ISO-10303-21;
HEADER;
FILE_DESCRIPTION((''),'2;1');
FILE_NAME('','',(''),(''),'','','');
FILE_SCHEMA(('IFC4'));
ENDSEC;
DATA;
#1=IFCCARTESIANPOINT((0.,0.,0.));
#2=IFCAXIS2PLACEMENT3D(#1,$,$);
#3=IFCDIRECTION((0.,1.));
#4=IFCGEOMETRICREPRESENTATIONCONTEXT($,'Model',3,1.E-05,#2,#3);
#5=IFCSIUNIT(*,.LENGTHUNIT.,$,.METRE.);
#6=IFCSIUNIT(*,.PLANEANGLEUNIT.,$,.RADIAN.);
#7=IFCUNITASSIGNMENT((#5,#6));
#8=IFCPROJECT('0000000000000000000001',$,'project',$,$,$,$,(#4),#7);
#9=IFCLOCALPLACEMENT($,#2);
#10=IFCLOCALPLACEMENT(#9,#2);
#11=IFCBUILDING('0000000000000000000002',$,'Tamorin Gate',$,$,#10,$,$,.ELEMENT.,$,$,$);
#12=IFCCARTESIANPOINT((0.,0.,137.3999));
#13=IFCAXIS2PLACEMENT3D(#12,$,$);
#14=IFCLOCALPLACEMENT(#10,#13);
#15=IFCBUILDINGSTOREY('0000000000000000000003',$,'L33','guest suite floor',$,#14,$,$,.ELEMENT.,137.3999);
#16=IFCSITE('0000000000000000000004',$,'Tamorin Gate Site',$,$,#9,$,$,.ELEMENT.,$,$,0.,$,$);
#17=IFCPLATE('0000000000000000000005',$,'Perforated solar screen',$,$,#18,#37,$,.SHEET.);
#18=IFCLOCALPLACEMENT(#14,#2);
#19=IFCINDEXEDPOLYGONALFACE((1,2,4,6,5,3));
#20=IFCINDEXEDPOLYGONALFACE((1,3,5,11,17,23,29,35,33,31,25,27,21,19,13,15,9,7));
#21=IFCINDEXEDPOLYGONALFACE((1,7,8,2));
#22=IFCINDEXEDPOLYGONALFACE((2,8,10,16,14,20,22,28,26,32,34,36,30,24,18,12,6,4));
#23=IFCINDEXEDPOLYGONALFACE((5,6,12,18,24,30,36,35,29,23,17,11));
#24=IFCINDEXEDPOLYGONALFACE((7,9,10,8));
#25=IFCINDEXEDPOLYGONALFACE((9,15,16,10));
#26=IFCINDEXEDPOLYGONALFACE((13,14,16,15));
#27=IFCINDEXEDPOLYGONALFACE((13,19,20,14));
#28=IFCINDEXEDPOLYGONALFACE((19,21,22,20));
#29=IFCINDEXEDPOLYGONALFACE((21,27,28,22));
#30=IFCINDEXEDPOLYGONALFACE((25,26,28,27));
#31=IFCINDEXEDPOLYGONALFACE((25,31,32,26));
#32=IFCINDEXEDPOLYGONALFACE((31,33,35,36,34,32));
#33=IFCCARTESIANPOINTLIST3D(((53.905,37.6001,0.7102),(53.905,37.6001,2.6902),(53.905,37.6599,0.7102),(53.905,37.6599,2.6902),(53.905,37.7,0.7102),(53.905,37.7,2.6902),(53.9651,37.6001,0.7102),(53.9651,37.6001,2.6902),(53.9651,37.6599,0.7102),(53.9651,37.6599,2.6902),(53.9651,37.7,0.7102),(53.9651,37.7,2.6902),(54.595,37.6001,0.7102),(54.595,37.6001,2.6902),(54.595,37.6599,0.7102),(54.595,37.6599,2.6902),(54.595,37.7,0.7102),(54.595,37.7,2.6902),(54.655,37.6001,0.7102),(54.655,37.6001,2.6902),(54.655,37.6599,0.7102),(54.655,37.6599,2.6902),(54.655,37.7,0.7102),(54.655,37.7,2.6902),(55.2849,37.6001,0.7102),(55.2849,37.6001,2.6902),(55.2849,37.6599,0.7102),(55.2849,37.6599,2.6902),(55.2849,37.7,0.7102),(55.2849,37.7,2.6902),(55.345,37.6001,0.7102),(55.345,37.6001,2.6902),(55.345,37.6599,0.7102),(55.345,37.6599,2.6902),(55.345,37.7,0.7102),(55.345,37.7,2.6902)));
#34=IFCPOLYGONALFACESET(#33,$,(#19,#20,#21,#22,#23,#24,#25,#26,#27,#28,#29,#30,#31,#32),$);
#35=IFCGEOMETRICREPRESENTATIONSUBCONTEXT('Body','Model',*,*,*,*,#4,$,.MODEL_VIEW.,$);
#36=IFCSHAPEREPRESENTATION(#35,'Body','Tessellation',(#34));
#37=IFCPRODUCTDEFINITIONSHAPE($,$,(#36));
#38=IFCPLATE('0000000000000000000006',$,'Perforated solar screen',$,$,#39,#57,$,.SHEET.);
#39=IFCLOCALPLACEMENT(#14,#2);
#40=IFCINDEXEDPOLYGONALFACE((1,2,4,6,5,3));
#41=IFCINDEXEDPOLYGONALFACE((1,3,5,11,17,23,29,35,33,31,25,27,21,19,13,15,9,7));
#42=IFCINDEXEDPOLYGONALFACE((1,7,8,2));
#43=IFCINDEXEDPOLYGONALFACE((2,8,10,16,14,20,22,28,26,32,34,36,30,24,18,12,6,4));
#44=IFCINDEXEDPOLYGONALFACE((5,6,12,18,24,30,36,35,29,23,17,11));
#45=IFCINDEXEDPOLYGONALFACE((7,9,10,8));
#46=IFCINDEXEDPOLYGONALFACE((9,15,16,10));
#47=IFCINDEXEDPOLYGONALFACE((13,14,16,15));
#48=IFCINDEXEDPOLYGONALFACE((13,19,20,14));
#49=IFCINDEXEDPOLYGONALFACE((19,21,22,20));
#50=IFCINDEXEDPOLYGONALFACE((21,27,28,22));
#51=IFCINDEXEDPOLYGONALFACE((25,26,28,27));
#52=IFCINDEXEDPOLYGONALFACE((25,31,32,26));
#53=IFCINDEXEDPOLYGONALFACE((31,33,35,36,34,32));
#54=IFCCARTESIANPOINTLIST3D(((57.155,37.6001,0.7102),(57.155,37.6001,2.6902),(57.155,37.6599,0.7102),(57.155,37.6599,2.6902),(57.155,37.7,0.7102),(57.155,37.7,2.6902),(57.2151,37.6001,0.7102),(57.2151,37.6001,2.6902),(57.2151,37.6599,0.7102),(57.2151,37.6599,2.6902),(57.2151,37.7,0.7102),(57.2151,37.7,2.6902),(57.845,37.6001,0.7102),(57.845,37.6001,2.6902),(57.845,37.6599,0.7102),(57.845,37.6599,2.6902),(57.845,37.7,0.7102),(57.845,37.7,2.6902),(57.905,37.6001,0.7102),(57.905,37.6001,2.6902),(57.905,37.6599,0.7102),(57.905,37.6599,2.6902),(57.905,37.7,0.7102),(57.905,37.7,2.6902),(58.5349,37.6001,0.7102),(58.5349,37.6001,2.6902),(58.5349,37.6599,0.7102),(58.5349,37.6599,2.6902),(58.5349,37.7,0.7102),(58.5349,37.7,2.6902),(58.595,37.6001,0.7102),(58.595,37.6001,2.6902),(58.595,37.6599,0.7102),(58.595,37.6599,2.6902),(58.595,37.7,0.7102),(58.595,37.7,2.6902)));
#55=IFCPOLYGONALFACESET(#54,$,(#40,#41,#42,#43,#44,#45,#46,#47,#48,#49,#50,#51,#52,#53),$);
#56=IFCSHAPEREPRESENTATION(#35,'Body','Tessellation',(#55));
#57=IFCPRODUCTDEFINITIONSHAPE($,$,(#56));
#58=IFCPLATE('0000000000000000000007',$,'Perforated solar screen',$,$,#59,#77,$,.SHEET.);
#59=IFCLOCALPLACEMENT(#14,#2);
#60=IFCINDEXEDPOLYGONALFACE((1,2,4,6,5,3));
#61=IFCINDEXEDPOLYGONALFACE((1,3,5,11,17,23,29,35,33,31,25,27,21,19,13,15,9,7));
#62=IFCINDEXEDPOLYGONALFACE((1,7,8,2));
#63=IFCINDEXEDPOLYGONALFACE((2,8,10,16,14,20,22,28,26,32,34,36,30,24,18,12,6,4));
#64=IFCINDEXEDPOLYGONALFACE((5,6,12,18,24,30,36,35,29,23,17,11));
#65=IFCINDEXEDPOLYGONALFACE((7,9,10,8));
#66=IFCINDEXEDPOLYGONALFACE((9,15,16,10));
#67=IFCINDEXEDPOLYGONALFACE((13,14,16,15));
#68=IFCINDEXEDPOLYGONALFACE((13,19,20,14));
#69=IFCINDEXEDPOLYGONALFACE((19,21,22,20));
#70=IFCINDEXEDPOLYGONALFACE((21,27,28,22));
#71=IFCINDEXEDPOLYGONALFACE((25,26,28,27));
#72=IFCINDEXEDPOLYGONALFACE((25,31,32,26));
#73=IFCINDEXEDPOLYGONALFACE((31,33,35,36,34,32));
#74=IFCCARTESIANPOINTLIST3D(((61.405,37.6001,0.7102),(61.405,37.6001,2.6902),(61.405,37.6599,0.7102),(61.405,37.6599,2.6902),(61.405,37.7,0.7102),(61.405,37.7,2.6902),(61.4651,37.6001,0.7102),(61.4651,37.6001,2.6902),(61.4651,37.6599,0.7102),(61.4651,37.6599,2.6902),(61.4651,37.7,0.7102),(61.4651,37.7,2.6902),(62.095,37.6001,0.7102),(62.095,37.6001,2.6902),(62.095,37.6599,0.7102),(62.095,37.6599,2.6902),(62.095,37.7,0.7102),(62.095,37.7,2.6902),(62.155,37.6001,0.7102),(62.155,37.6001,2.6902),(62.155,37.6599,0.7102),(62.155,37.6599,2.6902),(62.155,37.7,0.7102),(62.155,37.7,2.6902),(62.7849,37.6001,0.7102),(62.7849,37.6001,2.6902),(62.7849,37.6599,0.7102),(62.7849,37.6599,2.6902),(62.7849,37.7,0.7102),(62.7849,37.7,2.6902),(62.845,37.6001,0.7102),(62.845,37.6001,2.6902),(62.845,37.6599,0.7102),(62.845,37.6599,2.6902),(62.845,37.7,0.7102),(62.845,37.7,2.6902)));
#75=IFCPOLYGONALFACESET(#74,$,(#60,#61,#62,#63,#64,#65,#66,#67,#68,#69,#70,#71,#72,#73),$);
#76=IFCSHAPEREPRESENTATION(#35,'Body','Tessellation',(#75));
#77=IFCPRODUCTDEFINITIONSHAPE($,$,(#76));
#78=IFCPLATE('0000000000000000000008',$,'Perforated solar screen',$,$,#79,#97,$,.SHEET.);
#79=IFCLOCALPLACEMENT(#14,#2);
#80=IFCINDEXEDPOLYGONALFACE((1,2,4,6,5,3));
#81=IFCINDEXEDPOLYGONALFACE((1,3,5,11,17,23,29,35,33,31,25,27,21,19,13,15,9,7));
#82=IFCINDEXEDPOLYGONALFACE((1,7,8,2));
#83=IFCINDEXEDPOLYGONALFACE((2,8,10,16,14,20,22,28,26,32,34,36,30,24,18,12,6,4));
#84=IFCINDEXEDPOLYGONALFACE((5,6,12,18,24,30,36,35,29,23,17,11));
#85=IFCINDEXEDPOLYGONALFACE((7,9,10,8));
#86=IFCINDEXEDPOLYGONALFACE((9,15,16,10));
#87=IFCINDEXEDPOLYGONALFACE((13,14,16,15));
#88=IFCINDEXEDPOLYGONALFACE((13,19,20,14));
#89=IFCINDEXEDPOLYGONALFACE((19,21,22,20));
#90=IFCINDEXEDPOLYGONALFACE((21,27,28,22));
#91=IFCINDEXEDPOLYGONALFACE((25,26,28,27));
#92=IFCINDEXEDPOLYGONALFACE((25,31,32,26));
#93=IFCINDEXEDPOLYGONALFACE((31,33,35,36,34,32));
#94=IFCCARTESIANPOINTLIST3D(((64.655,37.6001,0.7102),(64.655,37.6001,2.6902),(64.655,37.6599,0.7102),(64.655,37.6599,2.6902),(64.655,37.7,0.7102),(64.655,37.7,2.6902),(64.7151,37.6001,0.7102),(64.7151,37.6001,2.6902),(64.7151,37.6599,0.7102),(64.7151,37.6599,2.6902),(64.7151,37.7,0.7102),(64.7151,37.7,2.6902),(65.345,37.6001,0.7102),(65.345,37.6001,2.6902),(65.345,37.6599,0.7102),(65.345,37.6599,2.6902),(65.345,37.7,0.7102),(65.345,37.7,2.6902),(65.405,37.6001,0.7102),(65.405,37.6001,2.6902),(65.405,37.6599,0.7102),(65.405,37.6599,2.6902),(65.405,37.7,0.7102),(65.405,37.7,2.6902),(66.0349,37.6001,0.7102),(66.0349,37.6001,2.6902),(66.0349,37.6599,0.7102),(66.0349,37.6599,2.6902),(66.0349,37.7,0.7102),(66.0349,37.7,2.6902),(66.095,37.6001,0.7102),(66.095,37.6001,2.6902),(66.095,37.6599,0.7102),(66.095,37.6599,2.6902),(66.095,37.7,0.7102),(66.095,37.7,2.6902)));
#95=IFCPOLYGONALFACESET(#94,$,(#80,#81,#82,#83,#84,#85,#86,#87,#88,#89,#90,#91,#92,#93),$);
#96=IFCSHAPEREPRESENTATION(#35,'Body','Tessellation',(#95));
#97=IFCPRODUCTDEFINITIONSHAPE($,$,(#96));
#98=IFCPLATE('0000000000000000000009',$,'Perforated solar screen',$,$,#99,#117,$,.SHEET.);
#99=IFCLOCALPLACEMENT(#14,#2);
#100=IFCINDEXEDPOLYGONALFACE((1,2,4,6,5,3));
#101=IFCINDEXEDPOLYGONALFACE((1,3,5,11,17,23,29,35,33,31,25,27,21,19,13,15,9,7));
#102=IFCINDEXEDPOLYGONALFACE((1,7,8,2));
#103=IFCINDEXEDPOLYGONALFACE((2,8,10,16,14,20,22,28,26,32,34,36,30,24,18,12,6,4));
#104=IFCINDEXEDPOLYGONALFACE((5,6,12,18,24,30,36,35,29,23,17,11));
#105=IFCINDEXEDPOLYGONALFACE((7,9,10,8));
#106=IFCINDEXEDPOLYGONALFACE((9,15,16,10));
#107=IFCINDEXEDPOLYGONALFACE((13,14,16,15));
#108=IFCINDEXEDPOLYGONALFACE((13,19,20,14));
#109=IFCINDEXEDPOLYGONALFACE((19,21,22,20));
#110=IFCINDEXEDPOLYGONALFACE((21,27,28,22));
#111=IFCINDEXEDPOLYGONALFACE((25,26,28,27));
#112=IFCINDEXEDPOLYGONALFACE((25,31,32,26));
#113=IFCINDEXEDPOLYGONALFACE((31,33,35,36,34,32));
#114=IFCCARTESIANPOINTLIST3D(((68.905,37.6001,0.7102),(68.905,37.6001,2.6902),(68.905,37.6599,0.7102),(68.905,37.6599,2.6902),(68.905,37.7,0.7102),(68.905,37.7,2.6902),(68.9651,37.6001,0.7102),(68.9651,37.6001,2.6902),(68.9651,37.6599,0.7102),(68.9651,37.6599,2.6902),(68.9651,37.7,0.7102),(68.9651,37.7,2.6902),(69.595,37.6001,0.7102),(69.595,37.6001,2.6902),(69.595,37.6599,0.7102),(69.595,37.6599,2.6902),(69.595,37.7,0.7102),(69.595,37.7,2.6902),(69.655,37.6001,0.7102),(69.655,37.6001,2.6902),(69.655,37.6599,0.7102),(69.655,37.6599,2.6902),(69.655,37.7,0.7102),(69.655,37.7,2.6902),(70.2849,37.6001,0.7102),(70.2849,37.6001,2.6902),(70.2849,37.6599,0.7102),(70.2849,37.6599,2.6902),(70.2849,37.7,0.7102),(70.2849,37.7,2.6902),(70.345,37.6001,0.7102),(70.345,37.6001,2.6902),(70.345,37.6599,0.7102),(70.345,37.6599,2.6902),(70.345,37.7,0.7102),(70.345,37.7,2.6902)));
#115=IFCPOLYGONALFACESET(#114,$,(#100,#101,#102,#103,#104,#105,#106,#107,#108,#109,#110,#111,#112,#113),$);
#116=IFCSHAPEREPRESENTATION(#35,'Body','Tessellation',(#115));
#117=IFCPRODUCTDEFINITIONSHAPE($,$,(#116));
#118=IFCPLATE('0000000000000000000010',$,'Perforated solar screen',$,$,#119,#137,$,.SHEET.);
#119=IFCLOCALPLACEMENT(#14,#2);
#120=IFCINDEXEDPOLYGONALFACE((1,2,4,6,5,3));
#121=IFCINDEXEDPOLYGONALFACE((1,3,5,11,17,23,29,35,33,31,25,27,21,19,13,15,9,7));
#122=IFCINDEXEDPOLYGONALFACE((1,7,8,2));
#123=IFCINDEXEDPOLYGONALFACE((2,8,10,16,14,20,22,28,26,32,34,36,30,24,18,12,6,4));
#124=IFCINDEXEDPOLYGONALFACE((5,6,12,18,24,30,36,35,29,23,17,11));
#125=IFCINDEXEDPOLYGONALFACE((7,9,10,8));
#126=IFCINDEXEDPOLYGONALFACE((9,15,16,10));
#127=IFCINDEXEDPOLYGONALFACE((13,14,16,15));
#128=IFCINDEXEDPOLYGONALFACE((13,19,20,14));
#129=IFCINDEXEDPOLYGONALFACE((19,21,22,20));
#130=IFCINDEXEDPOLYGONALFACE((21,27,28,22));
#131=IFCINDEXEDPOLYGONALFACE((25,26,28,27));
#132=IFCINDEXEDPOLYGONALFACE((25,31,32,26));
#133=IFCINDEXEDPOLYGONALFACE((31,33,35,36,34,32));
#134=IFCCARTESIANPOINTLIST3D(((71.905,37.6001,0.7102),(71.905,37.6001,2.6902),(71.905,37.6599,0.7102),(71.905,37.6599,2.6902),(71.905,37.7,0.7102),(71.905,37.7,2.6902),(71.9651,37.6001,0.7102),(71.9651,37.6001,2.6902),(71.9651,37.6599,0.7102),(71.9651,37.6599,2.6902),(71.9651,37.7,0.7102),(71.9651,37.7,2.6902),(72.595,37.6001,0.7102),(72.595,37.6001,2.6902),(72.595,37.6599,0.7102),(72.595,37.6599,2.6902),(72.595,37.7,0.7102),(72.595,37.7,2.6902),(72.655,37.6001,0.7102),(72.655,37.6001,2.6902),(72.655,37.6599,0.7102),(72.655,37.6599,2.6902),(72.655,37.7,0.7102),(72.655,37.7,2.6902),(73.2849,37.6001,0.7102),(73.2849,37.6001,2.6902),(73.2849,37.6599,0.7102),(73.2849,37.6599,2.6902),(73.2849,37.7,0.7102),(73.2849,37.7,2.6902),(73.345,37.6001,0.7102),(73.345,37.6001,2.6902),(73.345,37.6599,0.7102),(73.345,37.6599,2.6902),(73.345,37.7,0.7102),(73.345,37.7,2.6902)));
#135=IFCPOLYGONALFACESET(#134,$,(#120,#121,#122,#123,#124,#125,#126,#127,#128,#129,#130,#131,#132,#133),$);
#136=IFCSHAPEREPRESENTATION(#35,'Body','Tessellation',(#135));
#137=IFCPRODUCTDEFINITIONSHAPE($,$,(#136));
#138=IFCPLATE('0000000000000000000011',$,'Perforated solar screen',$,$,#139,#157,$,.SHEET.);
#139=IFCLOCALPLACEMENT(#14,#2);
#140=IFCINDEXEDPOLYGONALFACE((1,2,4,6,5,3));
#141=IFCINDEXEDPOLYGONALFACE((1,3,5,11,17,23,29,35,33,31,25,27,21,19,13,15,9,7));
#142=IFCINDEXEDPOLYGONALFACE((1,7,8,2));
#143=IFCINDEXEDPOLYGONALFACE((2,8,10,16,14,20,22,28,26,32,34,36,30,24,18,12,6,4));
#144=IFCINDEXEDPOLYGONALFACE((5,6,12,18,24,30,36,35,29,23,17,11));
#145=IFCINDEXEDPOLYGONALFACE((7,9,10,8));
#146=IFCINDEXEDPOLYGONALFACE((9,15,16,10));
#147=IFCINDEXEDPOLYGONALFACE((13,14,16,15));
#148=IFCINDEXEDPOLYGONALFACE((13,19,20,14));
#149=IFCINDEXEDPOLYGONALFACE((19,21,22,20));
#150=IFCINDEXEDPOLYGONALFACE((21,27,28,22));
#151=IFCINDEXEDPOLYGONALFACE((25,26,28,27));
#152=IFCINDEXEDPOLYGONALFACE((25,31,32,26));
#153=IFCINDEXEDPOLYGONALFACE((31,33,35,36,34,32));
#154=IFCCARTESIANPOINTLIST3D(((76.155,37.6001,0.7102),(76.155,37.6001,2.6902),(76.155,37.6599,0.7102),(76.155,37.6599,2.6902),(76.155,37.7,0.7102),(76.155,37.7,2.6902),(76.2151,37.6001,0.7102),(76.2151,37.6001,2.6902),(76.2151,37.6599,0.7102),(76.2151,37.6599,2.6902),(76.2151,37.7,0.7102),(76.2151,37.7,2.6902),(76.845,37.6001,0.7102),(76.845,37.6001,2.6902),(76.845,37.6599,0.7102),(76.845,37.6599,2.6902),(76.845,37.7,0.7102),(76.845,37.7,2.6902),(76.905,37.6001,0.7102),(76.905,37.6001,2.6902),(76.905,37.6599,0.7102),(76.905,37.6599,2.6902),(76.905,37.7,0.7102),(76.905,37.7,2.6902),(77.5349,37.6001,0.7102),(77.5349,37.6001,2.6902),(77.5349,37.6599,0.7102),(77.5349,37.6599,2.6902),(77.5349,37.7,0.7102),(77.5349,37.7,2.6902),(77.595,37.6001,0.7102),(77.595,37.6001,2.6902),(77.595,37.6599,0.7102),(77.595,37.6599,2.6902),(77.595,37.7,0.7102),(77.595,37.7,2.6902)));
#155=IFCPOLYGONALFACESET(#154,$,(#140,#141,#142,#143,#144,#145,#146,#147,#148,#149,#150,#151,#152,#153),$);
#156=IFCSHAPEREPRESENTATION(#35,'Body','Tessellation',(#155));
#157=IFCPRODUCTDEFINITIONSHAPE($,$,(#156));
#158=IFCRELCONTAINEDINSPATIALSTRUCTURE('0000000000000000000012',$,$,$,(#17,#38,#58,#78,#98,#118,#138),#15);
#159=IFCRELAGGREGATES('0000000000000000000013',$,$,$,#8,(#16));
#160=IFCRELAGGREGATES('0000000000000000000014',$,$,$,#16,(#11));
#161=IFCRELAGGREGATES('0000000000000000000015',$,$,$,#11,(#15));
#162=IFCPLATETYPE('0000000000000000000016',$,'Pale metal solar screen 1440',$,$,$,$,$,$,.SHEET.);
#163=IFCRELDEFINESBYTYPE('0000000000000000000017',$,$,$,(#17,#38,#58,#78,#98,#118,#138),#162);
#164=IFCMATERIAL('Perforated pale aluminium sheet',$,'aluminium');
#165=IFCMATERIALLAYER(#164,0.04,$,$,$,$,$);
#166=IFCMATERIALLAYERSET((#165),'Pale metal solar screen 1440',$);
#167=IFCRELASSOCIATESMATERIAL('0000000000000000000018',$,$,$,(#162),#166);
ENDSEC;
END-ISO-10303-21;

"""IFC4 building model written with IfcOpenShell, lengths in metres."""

from ifc_helpers import new_model, si_unit, direction, frame, origin, place, context, subcontext, project, spatial, polyline, outline, extrude, material, layer, layer_set, type_object, element, save


model = new_model("IFC4")

# Units and contexts
model_context = context("Model", 3, precision=1e-05, world=origin(), true_north=direction((0.0, 1.0)))
body_context = subcontext(model_context, "Body", "Model", "MODEL_VIEW")
ifc_project = project(units=[si_unit("LENGTHUNIT", "METRE"), si_unit("PLANEANGLEUNIT", "RADIAN")], contexts=[model_context])

# Site, building, storey
site_placement = place(None, origin())
site = spatial("IfcSite", under=ifc_project, at=site_placement, Name="Tamorin Gate Site", CompositionType="ELEMENT", RefElevation=0.0)
building_placement = place(site_placement, origin())
building = spatial("IfcBuilding", under=site, at=building_placement, Name="Tamorin Gate", CompositionType="ELEMENT")
storey_placement = place(building_placement, frame((0.0, 0.0, 137.3999)))
storey = spatial("IfcBuildingStorey", under=building, at=storey_placement, Name="L33", Description="guest suite floor", CompositionType="ELEMENT", Elevation=137.3999)

# Plates
ifc_material_1 = material(Name="Perforated pale aluminium sheet", Category="aluminium")
ifc_layer_1 = layer(ifc_material_1, 0.04)
ifc_layer_set_1 = layer_set([ifc_layer_1], Name="Pale metal solar screen 1440")
plate_type_1 = type_object("IfcPlateType", Name="Pale metal solar screen 1440", PredefinedType="SHEET", material=ifc_layer_set_1)
plate_1_placement = place(storey_placement, frame((0.0, 0.0, 0.7102)))
element("IfcPlate", 1, at=plate_1_placement, inside=storey, type_object=plate_type_1, Name="Perforated solar screen", PredefinedType="SHEET", context=body_context, shape_type="SweptSolid", body=[
    extrude(outline(polyline([(53.905, 37.6599), (53.905, 37.7), (53.9651, 37.7), (54.595, 37.7), (54.655, 37.7), (55.2849, 37.7), (55.345, 37.7), (55.345, 37.6599), (55.345, 37.6001), (55.2849, 37.6001), (55.2849, 37.6599), (54.655, 37.6599), (54.655, 37.6001), (54.595, 37.6001), (54.595, 37.6599), (53.9651, 37.6599), (53.9651, 37.6001), (53.905, 37.6001), (53.905, 37.6599)])), origin(), (0.0, 0.0, 1.0), 1.98),
])
plate_2_placement = place(storey_placement, frame((0.0, 0.0, 0.7102)))
element("IfcPlate", 2, at=plate_2_placement, inside=storey, type_object=plate_type_1, Name="Perforated solar screen", PredefinedType="SHEET", context=body_context, shape_type="SweptSolid", body=[
    extrude(outline(polyline([(57.155, 37.6599), (57.155, 37.7), (57.2151, 37.7), (57.845, 37.7), (57.905, 37.7), (58.5349, 37.7), (58.595, 37.7), (58.595, 37.6599), (58.595, 37.6001), (58.5349, 37.6001), (58.5349, 37.6599), (57.905, 37.6599), (57.905, 37.6001), (57.845, 37.6001), (57.845, 37.6599), (57.2151, 37.6599), (57.2151, 37.6001), (57.155, 37.6001), (57.155, 37.6599)])), origin(), (0.0, 0.0, 1.0), 1.98),
])
plate_3_placement = place(storey_placement, frame((0.0, 0.0, 0.7102)))
element("IfcPlate", 3, at=plate_3_placement, inside=storey, type_object=plate_type_1, Name="Perforated solar screen", PredefinedType="SHEET", context=body_context, shape_type="SweptSolid", body=[
    extrude(outline(polyline([(61.405, 37.6599), (61.405, 37.7), (61.4651, 37.7), (62.095, 37.7), (62.155, 37.7), (62.7849, 37.7), (62.845, 37.7), (62.845, 37.6599), (62.845, 37.6001), (62.7849, 37.6001), (62.7849, 37.6599), (62.155, 37.6599), (62.155, 37.6001), (62.095, 37.6001), (62.095, 37.6599), (61.4651, 37.6599), (61.4651, 37.6001), (61.405, 37.6001), (61.405, 37.6599)])), origin(), (0.0, 0.0, 1.0), 1.98),
])
plate_4_placement = place(storey_placement, frame((0.0, 0.0, 0.7102)))
element("IfcPlate", 4, at=plate_4_placement, inside=storey, type_object=plate_type_1, Name="Perforated solar screen", PredefinedType="SHEET", context=body_context, shape_type="SweptSolid", body=[
    extrude(outline(polyline([(64.655, 37.6599), (64.655, 37.7), (64.7151, 37.7), (65.345, 37.7), (65.405, 37.7), (66.0349, 37.7), (66.095, 37.7), (66.095, 37.6599), (66.095, 37.6001), (66.0349, 37.6001), (66.0349, 37.6599), (65.405, 37.6599), (65.405, 37.6001), (65.345, 37.6001), (65.345, 37.6599), (64.7151, 37.6599), (64.7151, 37.6001), (64.655, 37.6001), (64.655, 37.6599)])), origin(), (0.0, 0.0, 1.0), 1.98),
])
plate_5_placement = place(storey_placement, frame((0.0, 0.0, 0.7102)))
element("IfcPlate", 5, at=plate_5_placement, inside=storey, type_object=plate_type_1, Name="Perforated solar screen", PredefinedType="SHEET", context=body_context, shape_type="SweptSolid", body=[
    extrude(outline(polyline([(68.905, 37.6599), (68.905, 37.7), (68.9651, 37.7), (69.595, 37.7), (69.655, 37.7), (70.2849, 37.7), (70.345, 37.7), (70.345, 37.6599), (70.345, 37.6001), (70.2849, 37.6001), (70.2849, 37.6599), (69.655, 37.6599), (69.655, 37.6001), (69.595, 37.6001), (69.595, 37.6599), (68.9651, 37.6599), (68.9651, 37.6001), (68.905, 37.6001), (68.905, 37.6599)])), origin(), (0.0, 0.0, 1.0), 1.98),
])
plate_6_placement = place(storey_placement, frame((0.0, 0.0, 0.7102)))
element("IfcPlate", 6, at=plate_6_placement, inside=storey, type_object=plate_type_1, Name="Perforated solar screen", PredefinedType="SHEET", context=body_context, shape_type="SweptSolid", body=[
    extrude(outline(polyline([(71.905, 37.6599), (71.905, 37.7), (71.9651, 37.7), (72.595, 37.7), (72.655, 37.7), (73.2849, 37.7), (73.345, 37.7), (73.345, 37.6599), (73.345, 37.6001), (73.2849, 37.6001), (73.2849, 37.6599), (72.655, 37.6599), (72.655, 37.6001), (72.595, 37.6001), (72.595, 37.6599), (71.9651, 37.6599), (71.9651, 37.6001), (71.905, 37.6001), (71.905, 37.6599)])), origin(), (0.0, 0.0, 1.0), 1.98),
])
plate_7_placement = place(storey_placement, frame((0.0, 0.0, 0.7102)))
element("IfcPlate", 7, at=plate_7_placement, inside=storey, type_object=plate_type_1, Name="Perforated solar screen", PredefinedType="SHEET", context=body_context, shape_type="SweptSolid", body=[
    extrude(outline(polyline([(76.155, 37.6599), (76.155, 37.7), (76.2151, 37.7), (76.845, 37.7), (76.905, 37.7), (77.5349, 37.7), (77.595, 37.7), (77.595, 37.6599), (77.595, 37.6001), (77.5349, 37.6001), (77.5349, 37.6599), (76.905, 37.6599), (76.905, 37.6001), (76.845, 37.6001), (76.845, 37.6599), (76.2151, 37.6599), (76.2151, 37.6001), (76.155, 37.6001), (76.155, 37.6599)])), origin(), (0.0, 0.0, 1.0), 1.98),
])

save(model, "model.ifc")
